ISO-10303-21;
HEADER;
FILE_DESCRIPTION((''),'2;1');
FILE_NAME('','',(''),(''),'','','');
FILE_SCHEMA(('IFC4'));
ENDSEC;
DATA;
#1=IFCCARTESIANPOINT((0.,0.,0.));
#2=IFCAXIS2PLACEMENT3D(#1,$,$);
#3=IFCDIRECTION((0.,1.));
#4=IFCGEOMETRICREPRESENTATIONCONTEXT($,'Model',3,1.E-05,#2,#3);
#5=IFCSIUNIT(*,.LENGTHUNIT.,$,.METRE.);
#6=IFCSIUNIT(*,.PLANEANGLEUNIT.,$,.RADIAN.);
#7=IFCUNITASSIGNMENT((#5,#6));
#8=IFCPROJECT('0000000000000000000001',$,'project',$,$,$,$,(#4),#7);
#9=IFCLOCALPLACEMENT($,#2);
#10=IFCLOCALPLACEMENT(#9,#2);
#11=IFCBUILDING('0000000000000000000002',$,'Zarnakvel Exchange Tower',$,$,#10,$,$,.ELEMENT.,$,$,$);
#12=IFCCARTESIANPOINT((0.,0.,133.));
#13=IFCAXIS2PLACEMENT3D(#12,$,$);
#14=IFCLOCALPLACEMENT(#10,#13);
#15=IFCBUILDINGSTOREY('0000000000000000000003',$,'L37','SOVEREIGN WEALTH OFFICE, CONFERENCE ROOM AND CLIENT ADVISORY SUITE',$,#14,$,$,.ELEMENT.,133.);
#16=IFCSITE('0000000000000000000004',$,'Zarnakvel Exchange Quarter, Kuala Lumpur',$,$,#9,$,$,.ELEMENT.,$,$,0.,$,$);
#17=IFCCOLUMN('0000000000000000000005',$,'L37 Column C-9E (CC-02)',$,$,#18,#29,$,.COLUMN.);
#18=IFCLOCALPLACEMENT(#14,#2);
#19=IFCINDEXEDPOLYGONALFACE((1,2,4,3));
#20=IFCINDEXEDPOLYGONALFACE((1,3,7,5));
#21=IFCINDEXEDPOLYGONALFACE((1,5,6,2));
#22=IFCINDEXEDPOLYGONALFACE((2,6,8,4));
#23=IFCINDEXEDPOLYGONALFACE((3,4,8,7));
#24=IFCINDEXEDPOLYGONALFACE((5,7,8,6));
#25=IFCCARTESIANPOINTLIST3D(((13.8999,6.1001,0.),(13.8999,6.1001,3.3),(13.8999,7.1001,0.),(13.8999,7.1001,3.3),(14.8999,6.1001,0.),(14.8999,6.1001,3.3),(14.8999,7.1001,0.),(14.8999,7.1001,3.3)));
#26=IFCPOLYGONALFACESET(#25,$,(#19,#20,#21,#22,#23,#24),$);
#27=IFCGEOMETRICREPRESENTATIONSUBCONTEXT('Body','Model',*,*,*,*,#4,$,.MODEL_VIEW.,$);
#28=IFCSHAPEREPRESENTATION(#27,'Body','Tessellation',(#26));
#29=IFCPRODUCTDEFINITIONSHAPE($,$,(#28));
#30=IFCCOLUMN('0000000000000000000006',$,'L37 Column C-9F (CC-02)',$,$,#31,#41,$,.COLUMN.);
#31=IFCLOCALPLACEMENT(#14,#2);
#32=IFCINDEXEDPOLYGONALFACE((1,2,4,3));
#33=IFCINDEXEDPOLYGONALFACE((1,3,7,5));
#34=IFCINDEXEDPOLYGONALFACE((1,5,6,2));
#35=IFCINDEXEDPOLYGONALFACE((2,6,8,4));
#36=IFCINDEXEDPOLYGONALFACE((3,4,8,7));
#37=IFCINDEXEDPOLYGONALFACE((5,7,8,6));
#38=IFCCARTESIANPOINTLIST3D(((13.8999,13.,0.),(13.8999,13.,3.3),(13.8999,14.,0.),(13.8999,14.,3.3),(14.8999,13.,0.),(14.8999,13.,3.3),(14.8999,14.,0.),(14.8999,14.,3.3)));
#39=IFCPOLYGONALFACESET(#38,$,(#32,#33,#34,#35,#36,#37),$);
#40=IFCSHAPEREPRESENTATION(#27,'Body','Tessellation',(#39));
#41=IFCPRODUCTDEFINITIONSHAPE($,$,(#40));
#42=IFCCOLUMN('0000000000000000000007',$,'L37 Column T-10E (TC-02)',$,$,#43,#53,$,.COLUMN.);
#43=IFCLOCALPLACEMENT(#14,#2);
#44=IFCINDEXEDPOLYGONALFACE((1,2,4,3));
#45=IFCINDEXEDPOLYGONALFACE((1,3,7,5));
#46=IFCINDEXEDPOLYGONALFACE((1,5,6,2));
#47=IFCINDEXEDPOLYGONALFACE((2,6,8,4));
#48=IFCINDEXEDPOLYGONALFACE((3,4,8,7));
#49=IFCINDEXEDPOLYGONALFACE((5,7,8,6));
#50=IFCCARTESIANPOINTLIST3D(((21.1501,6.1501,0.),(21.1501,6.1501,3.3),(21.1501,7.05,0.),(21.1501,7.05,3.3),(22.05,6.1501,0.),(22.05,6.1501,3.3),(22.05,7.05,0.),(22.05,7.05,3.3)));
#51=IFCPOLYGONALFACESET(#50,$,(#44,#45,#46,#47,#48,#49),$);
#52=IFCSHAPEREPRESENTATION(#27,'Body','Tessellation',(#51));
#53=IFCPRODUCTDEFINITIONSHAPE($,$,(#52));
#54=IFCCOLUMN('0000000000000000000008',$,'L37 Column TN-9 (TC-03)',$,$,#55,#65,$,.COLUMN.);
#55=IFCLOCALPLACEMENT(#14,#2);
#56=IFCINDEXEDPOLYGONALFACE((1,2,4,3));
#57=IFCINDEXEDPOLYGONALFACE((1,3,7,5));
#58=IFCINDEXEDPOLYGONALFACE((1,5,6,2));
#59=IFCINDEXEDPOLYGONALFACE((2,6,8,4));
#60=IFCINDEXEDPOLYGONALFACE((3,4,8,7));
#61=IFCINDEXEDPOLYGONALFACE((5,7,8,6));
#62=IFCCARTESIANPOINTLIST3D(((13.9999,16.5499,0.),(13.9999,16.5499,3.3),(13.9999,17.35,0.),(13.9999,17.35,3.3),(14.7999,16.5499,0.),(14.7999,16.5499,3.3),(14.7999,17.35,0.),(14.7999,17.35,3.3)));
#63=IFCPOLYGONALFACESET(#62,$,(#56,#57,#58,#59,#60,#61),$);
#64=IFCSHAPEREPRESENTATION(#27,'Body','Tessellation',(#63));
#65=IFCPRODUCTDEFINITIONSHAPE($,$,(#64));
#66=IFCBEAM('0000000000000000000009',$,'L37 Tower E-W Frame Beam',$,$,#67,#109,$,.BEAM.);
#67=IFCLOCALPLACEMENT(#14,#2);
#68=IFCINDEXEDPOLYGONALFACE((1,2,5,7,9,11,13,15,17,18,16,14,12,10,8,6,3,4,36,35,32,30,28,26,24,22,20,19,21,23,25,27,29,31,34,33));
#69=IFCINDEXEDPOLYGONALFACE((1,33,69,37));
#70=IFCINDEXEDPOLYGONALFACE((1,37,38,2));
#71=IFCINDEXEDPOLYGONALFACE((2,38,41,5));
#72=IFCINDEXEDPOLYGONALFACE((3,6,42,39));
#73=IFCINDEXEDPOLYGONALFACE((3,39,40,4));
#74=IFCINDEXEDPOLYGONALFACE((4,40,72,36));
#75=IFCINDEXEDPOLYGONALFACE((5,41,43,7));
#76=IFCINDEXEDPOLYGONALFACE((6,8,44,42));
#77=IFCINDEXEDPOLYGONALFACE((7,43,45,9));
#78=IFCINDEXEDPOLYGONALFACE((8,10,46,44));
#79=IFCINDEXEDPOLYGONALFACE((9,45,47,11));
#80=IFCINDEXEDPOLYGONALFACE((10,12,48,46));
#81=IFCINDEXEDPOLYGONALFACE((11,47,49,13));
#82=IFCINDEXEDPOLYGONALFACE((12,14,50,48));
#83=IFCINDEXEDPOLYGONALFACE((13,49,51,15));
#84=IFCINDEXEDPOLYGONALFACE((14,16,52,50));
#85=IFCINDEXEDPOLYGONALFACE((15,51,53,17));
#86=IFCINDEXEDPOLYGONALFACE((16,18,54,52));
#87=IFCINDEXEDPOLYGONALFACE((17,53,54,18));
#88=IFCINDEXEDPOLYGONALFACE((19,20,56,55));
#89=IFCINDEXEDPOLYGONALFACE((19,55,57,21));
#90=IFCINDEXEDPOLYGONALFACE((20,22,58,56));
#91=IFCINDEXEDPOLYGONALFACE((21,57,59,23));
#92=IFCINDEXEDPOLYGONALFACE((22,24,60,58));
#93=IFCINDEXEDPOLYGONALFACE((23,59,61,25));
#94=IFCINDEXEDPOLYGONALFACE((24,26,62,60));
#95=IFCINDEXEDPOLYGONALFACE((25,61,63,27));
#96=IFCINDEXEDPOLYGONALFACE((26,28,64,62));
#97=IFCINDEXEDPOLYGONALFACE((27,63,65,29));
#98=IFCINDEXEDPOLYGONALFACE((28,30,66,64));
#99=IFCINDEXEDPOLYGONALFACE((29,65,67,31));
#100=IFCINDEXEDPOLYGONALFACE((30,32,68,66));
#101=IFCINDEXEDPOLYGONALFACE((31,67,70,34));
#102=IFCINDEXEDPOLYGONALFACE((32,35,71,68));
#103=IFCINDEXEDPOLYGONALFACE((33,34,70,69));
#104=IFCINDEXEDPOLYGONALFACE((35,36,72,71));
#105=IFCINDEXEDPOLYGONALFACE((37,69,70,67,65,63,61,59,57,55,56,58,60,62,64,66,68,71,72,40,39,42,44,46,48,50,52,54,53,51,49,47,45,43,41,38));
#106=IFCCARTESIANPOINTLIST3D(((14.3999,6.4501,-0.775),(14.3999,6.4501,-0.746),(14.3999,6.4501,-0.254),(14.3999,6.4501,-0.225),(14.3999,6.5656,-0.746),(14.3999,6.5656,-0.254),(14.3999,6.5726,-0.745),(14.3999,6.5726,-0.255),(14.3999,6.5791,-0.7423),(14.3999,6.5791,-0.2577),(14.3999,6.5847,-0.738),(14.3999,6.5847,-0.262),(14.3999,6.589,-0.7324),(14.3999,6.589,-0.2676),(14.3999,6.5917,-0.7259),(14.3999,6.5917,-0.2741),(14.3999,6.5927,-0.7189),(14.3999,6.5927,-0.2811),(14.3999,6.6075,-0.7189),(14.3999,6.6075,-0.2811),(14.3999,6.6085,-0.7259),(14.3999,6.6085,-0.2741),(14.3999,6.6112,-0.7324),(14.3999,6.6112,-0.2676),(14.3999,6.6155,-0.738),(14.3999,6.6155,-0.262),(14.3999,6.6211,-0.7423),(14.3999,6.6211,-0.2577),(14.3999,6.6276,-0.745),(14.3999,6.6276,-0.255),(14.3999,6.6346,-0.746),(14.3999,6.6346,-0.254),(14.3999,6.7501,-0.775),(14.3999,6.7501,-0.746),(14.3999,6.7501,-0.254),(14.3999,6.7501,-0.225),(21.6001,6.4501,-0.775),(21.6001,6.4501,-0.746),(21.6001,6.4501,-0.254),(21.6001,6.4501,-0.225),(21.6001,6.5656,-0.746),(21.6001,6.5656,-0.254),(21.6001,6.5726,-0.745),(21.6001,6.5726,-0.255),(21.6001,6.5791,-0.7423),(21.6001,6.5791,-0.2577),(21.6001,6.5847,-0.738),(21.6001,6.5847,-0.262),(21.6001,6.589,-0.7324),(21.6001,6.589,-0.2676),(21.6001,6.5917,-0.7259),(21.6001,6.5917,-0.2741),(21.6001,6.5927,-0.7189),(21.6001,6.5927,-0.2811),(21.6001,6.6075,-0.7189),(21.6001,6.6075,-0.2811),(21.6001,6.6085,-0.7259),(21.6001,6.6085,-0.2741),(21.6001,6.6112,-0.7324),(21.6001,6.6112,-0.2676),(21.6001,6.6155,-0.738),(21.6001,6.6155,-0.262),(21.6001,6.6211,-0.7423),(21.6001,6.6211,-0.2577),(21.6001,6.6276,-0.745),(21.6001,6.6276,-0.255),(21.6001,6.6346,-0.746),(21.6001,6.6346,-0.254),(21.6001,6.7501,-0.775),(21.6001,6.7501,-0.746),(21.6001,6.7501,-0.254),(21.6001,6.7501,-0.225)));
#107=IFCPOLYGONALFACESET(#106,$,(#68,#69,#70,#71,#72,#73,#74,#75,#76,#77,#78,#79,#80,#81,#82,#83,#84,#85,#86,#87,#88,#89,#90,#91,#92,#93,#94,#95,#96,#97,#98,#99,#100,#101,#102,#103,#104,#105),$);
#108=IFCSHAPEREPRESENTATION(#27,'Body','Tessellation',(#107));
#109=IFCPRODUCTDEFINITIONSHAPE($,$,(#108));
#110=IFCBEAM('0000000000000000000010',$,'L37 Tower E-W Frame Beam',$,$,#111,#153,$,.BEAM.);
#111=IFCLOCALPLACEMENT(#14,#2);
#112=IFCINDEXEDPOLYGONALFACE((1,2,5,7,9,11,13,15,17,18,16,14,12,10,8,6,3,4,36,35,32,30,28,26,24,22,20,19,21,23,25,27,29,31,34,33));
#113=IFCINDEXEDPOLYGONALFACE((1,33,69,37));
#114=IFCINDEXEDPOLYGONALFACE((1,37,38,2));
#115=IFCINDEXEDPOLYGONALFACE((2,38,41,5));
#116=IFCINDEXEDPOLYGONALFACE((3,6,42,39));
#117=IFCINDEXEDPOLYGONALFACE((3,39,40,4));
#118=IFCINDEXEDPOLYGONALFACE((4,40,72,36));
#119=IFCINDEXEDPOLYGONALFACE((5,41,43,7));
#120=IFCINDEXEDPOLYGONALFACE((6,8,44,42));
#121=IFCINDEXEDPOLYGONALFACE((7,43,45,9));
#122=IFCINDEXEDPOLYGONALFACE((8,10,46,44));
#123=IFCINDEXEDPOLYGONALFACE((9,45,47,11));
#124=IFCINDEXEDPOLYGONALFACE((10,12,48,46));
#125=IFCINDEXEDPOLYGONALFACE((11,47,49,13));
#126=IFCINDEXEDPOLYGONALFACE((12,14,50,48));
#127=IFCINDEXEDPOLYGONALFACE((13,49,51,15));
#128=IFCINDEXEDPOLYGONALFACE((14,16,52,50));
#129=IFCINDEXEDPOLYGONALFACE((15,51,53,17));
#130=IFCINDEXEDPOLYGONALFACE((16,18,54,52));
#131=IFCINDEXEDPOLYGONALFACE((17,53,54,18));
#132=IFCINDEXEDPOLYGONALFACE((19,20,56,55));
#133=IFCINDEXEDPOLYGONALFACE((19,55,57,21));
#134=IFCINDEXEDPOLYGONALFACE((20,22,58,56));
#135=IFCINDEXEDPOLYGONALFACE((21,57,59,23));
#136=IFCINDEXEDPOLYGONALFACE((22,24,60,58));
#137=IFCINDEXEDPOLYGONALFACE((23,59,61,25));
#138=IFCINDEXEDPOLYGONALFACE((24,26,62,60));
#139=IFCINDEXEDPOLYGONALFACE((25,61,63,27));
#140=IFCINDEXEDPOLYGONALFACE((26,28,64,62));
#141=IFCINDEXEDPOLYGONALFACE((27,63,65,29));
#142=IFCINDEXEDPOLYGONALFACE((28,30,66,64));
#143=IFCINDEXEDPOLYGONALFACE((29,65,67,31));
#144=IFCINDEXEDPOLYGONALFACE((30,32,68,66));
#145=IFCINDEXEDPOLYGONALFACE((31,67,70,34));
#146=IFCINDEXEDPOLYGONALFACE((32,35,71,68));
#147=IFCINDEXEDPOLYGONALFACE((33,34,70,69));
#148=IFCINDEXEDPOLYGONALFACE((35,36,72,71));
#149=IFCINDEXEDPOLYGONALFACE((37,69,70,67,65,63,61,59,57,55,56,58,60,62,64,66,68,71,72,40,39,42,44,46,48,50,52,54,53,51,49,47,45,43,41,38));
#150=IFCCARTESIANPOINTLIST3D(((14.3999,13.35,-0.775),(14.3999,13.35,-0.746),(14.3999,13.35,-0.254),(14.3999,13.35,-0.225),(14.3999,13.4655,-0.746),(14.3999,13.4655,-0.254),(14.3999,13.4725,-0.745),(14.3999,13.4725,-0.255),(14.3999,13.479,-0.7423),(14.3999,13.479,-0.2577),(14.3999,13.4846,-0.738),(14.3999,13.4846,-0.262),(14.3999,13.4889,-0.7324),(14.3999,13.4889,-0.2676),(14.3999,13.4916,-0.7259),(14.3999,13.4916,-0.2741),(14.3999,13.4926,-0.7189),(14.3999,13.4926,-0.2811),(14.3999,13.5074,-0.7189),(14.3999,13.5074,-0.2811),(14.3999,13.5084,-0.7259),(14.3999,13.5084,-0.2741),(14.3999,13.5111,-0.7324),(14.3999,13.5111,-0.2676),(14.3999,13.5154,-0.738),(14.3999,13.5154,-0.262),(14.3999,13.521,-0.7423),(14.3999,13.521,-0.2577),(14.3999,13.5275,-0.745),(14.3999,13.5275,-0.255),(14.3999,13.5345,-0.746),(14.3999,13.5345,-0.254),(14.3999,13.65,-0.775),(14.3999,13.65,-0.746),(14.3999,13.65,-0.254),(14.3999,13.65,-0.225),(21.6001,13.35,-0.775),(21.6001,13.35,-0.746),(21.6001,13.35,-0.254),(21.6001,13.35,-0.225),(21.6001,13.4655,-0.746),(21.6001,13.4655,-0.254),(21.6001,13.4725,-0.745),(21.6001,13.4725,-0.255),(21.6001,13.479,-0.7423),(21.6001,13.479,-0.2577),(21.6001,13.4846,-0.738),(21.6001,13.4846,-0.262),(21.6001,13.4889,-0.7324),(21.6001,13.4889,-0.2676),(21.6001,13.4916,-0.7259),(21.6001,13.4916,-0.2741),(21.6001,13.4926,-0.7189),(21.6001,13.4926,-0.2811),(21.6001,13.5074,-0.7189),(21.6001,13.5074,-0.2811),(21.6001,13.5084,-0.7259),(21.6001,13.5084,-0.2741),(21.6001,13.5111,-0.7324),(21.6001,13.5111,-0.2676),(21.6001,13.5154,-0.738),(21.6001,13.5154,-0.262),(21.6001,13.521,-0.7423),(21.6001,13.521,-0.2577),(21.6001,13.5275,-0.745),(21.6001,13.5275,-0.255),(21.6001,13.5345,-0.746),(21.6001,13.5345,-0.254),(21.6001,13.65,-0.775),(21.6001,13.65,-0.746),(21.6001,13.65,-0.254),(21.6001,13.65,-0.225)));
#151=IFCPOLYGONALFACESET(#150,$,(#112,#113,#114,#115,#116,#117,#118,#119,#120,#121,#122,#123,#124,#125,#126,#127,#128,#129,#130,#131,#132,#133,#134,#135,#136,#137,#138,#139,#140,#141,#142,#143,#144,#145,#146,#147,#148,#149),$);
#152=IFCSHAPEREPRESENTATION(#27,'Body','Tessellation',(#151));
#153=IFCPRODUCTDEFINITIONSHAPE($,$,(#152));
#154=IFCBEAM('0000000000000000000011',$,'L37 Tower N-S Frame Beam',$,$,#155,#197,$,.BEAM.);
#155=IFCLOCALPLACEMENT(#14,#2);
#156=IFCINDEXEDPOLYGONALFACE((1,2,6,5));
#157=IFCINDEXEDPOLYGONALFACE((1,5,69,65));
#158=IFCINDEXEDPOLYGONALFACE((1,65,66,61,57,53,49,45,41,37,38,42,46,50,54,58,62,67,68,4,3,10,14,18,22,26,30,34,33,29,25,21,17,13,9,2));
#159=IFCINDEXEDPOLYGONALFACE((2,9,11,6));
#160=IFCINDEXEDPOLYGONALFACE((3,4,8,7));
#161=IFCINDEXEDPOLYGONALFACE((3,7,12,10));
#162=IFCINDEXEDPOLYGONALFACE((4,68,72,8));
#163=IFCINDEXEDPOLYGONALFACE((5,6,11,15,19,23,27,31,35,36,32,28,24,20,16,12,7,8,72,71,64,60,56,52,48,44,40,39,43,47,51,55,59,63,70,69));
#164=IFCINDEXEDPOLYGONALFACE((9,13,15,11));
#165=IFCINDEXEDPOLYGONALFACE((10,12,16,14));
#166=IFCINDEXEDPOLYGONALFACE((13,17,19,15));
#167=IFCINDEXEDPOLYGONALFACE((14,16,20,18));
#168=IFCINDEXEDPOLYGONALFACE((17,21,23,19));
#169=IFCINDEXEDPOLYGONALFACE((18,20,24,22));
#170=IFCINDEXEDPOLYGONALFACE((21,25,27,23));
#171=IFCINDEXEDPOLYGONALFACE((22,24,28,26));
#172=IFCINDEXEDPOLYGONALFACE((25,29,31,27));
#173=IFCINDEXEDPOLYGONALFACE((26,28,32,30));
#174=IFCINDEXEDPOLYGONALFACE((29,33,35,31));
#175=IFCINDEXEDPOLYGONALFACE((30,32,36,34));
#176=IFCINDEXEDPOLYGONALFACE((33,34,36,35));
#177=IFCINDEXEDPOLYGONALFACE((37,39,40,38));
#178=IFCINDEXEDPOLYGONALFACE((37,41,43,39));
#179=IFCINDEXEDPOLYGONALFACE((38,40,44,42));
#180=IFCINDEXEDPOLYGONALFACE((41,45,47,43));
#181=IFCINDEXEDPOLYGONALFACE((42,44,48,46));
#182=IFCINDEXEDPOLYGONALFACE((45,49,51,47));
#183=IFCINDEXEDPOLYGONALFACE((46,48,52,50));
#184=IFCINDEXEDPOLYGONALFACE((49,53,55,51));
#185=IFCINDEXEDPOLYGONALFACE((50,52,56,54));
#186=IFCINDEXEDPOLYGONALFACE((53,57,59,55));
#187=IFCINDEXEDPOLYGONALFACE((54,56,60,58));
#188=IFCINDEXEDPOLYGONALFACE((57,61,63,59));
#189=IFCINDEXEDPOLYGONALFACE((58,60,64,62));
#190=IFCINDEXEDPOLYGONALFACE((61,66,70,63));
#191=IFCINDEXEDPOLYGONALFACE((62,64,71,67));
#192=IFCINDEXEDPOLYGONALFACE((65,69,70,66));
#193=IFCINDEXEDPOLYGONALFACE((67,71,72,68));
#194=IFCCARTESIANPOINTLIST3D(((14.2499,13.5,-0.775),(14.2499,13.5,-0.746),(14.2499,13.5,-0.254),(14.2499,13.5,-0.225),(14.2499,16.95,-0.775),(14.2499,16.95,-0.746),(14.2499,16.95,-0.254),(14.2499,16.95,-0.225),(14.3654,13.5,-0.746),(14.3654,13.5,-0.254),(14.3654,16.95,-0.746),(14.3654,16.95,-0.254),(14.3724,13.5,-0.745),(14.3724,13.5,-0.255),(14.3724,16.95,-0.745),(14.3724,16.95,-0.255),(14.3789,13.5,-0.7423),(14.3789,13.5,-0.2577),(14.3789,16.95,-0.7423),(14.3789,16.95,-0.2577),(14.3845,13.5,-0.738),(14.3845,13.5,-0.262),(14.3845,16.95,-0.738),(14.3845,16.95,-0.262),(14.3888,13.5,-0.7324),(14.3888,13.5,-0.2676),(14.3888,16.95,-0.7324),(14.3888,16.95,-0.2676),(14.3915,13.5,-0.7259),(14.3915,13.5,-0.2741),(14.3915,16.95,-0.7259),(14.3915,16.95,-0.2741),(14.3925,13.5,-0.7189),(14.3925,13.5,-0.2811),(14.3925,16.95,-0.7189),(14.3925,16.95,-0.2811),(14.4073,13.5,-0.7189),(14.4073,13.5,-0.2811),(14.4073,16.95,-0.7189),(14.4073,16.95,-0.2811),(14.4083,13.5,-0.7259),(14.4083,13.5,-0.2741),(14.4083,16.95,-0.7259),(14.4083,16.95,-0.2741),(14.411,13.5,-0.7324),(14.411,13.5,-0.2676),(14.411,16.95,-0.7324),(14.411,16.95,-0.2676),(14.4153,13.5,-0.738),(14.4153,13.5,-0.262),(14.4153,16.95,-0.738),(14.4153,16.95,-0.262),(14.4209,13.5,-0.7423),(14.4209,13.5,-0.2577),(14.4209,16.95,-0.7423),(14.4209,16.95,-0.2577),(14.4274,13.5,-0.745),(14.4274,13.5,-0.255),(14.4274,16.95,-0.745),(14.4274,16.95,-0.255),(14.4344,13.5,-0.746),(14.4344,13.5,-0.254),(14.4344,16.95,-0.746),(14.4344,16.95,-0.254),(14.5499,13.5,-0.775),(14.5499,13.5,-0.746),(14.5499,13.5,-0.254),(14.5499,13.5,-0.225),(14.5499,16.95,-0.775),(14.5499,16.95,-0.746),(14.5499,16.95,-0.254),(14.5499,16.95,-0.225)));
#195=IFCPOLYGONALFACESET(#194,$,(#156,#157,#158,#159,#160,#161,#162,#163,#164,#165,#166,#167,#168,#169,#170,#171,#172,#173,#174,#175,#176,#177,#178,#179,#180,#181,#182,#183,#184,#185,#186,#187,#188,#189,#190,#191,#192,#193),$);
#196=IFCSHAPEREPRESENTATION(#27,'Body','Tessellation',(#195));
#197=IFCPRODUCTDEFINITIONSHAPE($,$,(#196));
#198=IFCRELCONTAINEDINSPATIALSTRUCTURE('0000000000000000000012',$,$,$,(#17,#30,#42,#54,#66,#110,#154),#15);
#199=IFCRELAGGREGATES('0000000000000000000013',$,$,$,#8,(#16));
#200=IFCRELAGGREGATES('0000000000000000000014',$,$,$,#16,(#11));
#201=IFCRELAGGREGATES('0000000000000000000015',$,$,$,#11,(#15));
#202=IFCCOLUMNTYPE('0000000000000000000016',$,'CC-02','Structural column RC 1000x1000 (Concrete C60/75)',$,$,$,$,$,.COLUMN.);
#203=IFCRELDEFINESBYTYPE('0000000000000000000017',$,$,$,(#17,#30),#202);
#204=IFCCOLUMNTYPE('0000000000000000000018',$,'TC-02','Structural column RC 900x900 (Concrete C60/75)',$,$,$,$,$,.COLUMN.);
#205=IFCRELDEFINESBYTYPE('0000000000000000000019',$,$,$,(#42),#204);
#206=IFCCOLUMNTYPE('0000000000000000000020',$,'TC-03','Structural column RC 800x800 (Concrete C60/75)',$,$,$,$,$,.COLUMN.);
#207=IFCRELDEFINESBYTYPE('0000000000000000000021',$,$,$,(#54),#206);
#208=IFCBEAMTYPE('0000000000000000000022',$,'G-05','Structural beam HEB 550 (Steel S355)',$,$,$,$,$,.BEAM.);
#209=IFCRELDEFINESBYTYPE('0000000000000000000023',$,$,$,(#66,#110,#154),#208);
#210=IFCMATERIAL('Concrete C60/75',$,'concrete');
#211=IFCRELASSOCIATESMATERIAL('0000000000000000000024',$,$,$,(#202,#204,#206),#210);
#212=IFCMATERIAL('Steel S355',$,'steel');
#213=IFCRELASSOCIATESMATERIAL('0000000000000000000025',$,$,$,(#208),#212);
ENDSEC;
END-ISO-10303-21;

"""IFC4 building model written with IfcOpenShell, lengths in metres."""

from ifc_helpers import new_model, si_unit, direction, frame, origin, origin_2d, place, context, subcontext, project, spatial, rectangle, i_section, extrude, material, material_profile, profile_set, type_object, element, save


model = new_model("IFC4")

# Units and contexts
model_context = context("Model", 3, precision=1e-05, world=origin(), true_north=direction((0.0, 1.0)))
body_context = subcontext(model_context, "Body", "Model", "MODEL_VIEW")
ifc_project = project(units=[si_unit("LENGTHUNIT", "METRE"), si_unit("PLANEANGLEUNIT", "RADIAN")], contexts=[model_context])

# Site, building, storey
site_placement = place(None, origin())
site = spatial("IfcSite", under=ifc_project, at=site_placement, Name="Zarnakvel Exchange Quarter, Kuala Lumpur", CompositionType="ELEMENT", RefElevation=0.0)
building_placement = place(site_placement, origin())
building = spatial("IfcBuilding", under=site, at=building_placement, Name="Zarnakvel Exchange Tower", CompositionType="ELEMENT")
storey_placement = place(building_placement, frame((0.0, 0.0, 133.0)))
storey = spatial("IfcBuildingStorey", under=building, at=storey_placement, Name="L37", Description="SOVEREIGN WEALTH OFFICE, CONFERENCE ROOM AND CLIENT ADVISORY SUITE", CompositionType="ELEMENT", Elevation=133.0)

# Columns
ifc_material_1 = material(Name="Concrete C60/75", Category="concrete")
ifc_material_profile_1 = material_profile(ifc_material_1, rectangle(XDim=1.0, YDim=1.0, at=origin_2d()))
ifc_profile_set_1 = profile_set([ifc_material_profile_1], Name="Concrete C60/75")
column_type_1 = type_object("IfcColumnType", Name="CC-02", Description="Structural column RC 1000x1000 (Concrete C60/75)", PredefinedType="COLUMN", material=ifc_profile_set_1)
for number, where, z_axis, x_axis, name in (
    (1, (14.3999, 6.6001, 0.0), (0.0, 0.0, 1.0), (1.0, 0.0, 0.0), "L37 Column C-9E (CC-02)"),
    (2, (14.3999, 13.5, 0.0), (0.0, 0.0, 1.0), (1.0, 0.0, 0.0), "L37 Column C-9F (CC-02)"),
):
    element("IfcColumn", number, at=place(storey_placement, frame(where, z_axis=z_axis, x_axis=x_axis)), inside=storey, type_object=column_type_1, Name=name, PredefinedType="COLUMN", context=body_context, shape_type="SweptSolid", body=[
        extrude(rectangle(XDim=1.0, YDim=1.0, at=origin_2d()), origin(), (0.0, 0.0, 1.0), 3.3),
    ])
ifc_material_profile_2 = material_profile(ifc_material_1, rectangle(XDim=0.8999, YDim=0.8999, at=origin_2d()))
ifc_profile_set_2 = profile_set([ifc_material_profile_2], Name="Concrete C60/75")
column_type_2 = type_object("IfcColumnType", Name="TC-02", Description="Structural column RC 900x900 (Concrete C60/75)", PredefinedType="COLUMN", material=ifc_profile_set_2)
column_1_placement = place(storey_placement, frame((21.6001, 6.6001, 0.0), z_axis=(0.0, 0.0, 1.0), x_axis=(1.0, 0.0, 0.0)))
element("IfcColumn", 3, at=column_1_placement, inside=storey, type_object=column_type_2, Name="L37 Column T-10E (TC-02)", PredefinedType="COLUMN", context=body_context, shape_type="SweptSolid", body=[
    extrude(rectangle(XDim=0.8999, YDim=0.8999, at=origin_2d()), origin(), (0.0, 0.0, 1.0), 3.3),
])
ifc_material_profile_3 = material_profile(ifc_material_1, rectangle(XDim=0.8, YDim=0.8, at=origin_2d()))
ifc_profile_set_3 = profile_set([ifc_material_profile_3], Name="Concrete C60/75")
column_type_3 = type_object("IfcColumnType", Name="TC-03", Description="Structural column RC 800x800 (Concrete C60/75)", PredefinedType="COLUMN", material=ifc_profile_set_3)
column_2_placement = place(storey_placement, frame((14.3999, 16.95, 0.0), z_axis=(0.0, 0.0, 1.0), x_axis=(1.0, 0.0, 0.0)))
element("IfcColumn", 4, at=column_2_placement, inside=storey, type_object=column_type_3, Name="L37 Column TN-9 (TC-03)", PredefinedType="COLUMN", context=body_context, shape_type="SweptSolid", body=[
    extrude(rectangle(XDim=0.8, YDim=0.8, at=origin_2d()), origin(), (0.0, 0.0, 1.0), 3.3),
])

# Beams
ifc_material_2 = material(Name="Steel S355", Category="steel")
ifc_material_profile_4 = material_profile(ifc_material_2, i_section(OverallWidth=0.3, OverallDepth=0.55, WebThickness=0.0149, FlangeThickness=0.0291, FilletRadius=0.0271, at=origin_2d()))
ifc_profile_set_4 = profile_set([ifc_material_profile_4], Name="Steel S355")
beam_type_1 = type_object("IfcBeamType", Name="G-05", Description="Structural beam HEB 550 (Steel S355)", PredefinedType="BEAM", material=ifc_profile_set_4)
for number, where, z_axis, x_axis, name in (
    (5, (14.3999, 6.6001, -0.5), (1.0, 0.0, 0.0), (0.0, 1.0, 0.0), "L37 Tower E-W Frame Beam"),
    (6, (14.3999, 13.5, -0.5), (1.0, 0.0, 0.0), (0.0, 1.0, 0.0), "L37 Tower E-W Frame Beam"),
):
    element("IfcBeam", number, at=place(storey_placement, frame(where, z_axis=z_axis, x_axis=x_axis)), inside=storey, type_object=beam_type_1, Name=name, PredefinedType="BEAM", context=body_context, shape_type="SweptSolid", body=[
        extrude(i_section(OverallWidth=0.3, OverallDepth=0.55, WebThickness=0.0149, FlangeThickness=0.0291, FilletRadius=0.0271, at=origin_2d()), origin(), (0.0, 0.0, 1.0), 7.2002),
    ])
beam_1_placement = place(storey_placement, frame((14.3999, 13.5, -0.5), z_axis=(0.0, 1.0, 0.0), x_axis=(-1.0, 0.0, 0.0)))
element("IfcBeam", 7, at=beam_1_placement, inside=storey, type_object=beam_type_1, Name="L37 Tower N-S Frame Beam", PredefinedType="BEAM", context=body_context, shape_type="SweptSolid", body=[
    extrude(i_section(OverallWidth=0.3, OverallDepth=0.55, WebThickness=0.0149, FlangeThickness=0.0291, FilletRadius=0.0271, at=origin_2d()), origin(), (0.0, 0.0, 1.0), 3.45),
])

save(model, "model.ifc")
